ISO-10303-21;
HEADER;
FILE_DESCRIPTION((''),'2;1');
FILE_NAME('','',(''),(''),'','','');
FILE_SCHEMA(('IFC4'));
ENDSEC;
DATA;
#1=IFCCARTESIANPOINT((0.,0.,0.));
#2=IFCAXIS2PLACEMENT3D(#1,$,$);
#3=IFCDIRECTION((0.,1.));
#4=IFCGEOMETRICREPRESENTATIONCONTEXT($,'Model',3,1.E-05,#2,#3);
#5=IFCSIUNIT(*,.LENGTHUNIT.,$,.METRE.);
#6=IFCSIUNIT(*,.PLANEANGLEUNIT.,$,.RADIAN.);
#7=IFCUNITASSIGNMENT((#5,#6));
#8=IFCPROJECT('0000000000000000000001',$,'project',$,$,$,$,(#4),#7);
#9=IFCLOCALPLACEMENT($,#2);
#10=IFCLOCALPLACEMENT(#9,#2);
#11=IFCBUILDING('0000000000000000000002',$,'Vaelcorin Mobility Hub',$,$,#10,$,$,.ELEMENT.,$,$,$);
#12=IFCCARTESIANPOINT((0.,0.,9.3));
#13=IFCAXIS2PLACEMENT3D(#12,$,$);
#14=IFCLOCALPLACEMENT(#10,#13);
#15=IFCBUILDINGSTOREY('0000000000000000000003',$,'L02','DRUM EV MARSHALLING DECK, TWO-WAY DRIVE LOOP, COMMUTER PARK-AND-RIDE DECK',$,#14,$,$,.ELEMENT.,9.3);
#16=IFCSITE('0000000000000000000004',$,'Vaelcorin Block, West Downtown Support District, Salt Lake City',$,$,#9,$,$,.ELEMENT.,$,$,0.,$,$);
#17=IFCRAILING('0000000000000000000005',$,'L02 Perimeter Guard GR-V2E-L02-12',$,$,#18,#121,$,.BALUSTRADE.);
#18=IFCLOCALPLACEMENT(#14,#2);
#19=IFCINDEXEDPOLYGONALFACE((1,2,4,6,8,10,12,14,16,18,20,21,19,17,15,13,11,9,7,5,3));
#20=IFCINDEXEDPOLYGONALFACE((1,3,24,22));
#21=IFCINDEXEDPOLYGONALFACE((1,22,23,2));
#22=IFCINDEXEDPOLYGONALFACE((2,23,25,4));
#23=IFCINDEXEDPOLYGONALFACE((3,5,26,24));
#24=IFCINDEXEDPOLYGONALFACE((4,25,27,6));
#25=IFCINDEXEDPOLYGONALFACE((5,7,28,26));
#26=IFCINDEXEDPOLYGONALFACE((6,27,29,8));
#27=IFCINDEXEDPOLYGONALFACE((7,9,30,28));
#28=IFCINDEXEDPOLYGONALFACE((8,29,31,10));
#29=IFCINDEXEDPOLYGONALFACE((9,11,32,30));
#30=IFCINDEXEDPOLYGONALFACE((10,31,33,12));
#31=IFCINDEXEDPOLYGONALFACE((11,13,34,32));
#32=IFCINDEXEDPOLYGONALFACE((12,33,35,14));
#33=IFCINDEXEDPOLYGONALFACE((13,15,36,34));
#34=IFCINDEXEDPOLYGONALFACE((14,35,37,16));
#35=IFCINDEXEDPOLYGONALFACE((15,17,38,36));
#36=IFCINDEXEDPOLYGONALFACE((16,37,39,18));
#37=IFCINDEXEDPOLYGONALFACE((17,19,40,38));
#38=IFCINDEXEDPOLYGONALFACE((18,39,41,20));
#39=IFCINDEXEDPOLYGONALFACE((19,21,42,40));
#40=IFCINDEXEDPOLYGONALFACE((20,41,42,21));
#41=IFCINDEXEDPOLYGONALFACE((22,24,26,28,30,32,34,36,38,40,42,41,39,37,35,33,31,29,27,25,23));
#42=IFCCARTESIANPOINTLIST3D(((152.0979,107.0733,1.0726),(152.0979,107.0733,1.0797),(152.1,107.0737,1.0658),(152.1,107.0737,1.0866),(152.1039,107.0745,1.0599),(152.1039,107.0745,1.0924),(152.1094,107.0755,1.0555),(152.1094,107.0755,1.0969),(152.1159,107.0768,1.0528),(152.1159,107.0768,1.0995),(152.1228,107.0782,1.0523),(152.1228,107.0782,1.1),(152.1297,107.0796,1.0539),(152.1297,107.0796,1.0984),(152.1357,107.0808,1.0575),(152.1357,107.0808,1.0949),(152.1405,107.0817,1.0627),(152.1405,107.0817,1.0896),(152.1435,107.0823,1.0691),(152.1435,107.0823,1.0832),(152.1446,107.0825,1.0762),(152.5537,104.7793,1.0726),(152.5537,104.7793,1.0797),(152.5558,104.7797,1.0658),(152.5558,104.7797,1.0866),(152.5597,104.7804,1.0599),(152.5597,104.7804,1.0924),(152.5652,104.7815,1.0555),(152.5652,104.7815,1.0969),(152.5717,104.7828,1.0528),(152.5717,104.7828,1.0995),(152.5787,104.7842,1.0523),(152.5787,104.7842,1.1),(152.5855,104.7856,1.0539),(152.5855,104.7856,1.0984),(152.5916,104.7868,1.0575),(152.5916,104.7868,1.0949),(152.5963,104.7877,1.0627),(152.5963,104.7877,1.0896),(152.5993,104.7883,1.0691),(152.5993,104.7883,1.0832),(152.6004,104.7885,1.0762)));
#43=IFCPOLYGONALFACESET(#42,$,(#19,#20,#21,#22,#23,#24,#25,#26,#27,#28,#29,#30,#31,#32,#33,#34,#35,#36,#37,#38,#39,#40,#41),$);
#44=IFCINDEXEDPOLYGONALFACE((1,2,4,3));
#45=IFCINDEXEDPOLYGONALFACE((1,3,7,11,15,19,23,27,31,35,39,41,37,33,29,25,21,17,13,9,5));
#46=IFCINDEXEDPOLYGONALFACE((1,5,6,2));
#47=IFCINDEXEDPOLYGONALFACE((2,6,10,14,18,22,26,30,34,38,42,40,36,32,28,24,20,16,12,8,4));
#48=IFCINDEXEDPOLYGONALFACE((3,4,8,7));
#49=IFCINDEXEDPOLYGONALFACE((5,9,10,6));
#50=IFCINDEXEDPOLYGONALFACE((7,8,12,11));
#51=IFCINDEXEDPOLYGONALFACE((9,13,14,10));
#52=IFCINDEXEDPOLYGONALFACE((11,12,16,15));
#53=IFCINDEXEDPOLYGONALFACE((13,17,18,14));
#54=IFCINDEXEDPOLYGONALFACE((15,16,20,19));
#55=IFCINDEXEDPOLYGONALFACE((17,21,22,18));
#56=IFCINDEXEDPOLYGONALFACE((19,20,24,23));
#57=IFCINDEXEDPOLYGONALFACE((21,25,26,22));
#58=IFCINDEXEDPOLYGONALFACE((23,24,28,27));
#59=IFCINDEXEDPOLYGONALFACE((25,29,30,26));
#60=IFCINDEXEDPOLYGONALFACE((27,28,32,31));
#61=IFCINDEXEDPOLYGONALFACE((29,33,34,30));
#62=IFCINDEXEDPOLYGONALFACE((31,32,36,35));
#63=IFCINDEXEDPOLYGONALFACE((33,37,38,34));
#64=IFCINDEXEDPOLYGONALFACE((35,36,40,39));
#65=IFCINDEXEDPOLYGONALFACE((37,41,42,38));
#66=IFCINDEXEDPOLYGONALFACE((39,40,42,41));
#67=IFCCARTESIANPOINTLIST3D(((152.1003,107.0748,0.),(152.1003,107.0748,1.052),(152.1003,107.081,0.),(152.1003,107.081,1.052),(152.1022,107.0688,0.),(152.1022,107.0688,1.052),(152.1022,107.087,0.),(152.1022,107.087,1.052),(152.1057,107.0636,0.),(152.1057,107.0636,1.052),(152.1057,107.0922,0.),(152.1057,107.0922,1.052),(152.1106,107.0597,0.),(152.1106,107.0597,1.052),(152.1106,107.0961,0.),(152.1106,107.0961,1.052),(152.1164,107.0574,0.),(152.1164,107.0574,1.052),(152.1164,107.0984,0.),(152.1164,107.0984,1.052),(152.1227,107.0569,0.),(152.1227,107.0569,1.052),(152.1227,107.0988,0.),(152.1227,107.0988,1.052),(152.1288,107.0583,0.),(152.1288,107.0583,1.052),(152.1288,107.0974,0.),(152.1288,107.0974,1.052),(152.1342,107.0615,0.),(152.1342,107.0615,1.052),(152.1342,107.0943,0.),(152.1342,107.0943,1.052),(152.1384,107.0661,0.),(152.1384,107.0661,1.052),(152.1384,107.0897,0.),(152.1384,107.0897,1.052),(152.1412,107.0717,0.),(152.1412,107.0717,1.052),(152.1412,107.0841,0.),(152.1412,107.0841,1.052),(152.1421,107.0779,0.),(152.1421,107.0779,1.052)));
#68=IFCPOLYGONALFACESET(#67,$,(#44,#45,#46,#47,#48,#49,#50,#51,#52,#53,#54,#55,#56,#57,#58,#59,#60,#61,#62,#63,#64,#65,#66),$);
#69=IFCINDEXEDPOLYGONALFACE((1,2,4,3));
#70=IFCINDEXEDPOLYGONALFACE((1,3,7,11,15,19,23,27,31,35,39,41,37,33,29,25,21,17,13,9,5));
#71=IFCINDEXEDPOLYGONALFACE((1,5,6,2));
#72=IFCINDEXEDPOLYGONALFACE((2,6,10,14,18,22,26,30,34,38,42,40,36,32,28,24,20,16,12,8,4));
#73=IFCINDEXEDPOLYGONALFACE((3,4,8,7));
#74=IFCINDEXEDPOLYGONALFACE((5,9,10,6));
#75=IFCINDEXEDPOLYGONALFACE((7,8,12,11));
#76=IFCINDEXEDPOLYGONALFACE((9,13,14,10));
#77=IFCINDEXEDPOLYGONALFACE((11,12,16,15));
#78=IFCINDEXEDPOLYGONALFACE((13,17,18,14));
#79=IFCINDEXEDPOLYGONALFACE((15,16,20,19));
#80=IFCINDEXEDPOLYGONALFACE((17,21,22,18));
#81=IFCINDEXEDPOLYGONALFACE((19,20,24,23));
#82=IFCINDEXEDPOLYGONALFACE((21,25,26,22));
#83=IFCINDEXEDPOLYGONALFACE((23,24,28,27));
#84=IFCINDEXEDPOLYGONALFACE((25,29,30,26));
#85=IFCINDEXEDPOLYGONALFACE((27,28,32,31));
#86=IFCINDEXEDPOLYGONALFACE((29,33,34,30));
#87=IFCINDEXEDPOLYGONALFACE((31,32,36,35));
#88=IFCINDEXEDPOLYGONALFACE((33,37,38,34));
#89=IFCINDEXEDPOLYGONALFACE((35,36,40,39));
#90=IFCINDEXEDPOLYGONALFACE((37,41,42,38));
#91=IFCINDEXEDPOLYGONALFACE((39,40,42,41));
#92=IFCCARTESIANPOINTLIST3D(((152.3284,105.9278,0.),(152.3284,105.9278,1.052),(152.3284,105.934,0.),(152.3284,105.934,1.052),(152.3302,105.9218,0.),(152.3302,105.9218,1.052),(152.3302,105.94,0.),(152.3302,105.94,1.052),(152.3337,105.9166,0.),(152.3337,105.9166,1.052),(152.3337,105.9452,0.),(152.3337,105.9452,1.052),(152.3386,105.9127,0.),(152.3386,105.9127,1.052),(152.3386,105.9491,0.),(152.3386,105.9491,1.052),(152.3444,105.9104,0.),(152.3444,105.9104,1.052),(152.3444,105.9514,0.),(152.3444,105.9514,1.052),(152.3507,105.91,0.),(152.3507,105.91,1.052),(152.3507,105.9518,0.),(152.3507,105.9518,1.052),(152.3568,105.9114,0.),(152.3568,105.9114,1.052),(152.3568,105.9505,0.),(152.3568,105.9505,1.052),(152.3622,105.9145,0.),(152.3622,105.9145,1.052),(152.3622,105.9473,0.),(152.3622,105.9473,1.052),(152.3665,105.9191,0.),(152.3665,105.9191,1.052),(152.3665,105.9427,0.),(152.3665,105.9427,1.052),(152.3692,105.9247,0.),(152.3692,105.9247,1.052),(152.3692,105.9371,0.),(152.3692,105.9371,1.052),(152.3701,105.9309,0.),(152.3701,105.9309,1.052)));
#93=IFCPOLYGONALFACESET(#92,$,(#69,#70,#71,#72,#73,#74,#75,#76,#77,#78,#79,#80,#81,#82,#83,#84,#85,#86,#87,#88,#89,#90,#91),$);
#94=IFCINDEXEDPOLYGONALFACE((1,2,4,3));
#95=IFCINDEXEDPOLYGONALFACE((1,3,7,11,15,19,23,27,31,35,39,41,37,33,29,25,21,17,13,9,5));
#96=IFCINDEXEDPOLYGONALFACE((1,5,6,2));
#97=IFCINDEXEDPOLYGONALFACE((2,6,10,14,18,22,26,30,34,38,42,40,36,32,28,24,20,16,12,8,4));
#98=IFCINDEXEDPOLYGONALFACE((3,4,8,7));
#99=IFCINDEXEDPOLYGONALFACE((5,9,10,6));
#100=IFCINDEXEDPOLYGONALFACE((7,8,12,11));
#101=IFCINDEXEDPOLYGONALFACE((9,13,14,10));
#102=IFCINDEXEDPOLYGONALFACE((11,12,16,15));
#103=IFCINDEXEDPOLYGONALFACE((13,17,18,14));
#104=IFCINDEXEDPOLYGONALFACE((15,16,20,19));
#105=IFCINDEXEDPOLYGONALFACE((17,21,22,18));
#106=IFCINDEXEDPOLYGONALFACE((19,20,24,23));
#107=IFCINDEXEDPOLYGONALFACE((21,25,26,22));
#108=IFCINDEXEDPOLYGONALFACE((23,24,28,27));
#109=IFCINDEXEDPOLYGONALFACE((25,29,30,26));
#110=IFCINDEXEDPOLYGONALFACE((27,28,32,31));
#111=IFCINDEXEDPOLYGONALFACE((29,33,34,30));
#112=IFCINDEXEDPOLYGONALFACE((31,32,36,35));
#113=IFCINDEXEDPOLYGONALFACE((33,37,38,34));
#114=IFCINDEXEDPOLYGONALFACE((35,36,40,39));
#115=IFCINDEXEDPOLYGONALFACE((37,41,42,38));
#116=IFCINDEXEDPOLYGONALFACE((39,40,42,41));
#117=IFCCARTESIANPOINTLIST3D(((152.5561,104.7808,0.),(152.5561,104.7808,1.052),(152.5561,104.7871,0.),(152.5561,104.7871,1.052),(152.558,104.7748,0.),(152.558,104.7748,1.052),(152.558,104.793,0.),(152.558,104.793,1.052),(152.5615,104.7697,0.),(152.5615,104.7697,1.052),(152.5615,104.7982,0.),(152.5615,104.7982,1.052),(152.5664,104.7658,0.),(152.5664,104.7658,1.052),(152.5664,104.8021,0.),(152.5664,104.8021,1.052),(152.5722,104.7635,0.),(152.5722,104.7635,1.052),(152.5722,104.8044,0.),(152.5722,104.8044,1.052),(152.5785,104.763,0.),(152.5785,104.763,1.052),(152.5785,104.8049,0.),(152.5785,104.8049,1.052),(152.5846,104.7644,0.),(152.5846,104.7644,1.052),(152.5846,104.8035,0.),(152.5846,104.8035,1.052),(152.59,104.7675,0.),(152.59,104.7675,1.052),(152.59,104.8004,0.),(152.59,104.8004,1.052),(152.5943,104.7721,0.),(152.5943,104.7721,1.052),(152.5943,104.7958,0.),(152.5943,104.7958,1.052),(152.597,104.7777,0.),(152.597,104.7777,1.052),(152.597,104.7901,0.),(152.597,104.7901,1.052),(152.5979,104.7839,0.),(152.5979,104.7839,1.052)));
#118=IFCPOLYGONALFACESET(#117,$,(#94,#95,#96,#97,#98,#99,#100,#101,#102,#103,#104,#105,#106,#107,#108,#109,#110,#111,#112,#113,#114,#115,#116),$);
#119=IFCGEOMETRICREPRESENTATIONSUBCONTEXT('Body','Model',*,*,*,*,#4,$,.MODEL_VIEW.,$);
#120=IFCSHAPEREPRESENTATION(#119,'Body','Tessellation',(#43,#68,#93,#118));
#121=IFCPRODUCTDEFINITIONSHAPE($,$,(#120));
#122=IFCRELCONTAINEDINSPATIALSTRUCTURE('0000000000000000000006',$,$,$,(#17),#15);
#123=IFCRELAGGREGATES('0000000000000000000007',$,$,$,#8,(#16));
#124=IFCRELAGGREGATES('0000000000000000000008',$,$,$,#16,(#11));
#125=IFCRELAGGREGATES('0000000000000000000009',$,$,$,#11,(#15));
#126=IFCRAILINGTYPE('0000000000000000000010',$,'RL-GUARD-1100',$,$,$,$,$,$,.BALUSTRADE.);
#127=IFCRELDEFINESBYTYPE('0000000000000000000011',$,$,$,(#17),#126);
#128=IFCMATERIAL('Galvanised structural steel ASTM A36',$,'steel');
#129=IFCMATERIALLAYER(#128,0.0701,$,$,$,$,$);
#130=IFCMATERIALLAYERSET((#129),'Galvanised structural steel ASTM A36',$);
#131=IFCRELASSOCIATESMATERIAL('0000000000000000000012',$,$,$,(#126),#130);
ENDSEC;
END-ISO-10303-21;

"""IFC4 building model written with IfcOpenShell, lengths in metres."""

from ifc_helpers import new_model, si_unit, direction, frame, origin, origin_2d, place, context, subcontext, project, spatial, circle, extrude, material, layer, layer_set, type_object, element, save


model = new_model("IFC4")

# Units and contexts
model_context = context("Model", 3, precision=1e-05, world=origin(), true_north=direction((0.0, 1.0)))
body_context = subcontext(model_context, "Body", "Model", "MODEL_VIEW")
ifc_project = project(units=[si_unit("LENGTHUNIT", "METRE"), si_unit("PLANEANGLEUNIT", "RADIAN")], contexts=[model_context])

# Site, building, storey
site_placement = place(None, origin())
site = spatial("IfcSite", under=ifc_project, at=site_placement, Name="Vaelcorin Block, West Downtown Support District, Salt Lake City", CompositionType="ELEMENT", RefElevation=0.0)
building_placement = place(site_placement, origin())
building = spatial("IfcBuilding", under=site, at=building_placement, Name="Vaelcorin Mobility Hub", CompositionType="ELEMENT")
storey_placement = place(building_placement, frame((0.0, 0.0, 9.3)))
storey = spatial("IfcBuildingStorey", under=building, at=storey_placement, Name="L02", Description="DRUM EV MARSHALLING DECK, TWO-WAY DRIVE LOOP, COMMUTER PARK-AND-RIDE DECK", CompositionType="ELEMENT", Elevation=9.3)

# Railing
ifc_material_1 = material(Name="Galvanised structural steel ASTM A36", Category="steel")
ifc_layer_1 = layer(ifc_material_1, 0.0701)
ifc_layer_set_1 = layer_set([ifc_layer_1], Name="Galvanised structural steel ASTM A36")
railing_type = type_object("IfcRailingType", Name="RL-GUARD-1100", PredefinedType="BALUSTRADE", material=ifc_layer_set_1)
railing_1_placement = place(storey_placement, frame((152.1211, 107.0779, 0.0)))
element("IfcRailing", 1, at=railing_1_placement, inside=storey, type_object=railing_type, Name="L02 Perimeter Guard GR-V2E-L02-12", PredefinedType="BALUSTRADE", context=body_context, shape_type="SweptSolid", body=[
    extrude(circle(Radius=0.0239, at=origin_2d()), frame((0.0, 0.0, 1.0762), z_axis=(0.194891, -0.980825, 0.0), x_axis=(0.980825, 0.194891, 0.0)), (0.0, 0.0, 1.0), 2.3389),
    extrude(circle(Radius=0.021, at=origin_2d()), origin(), (0.0, 0.0, 1.0), 1.052),
    extrude(circle(Radius=0.021, at=origin_2d()), frame((0.228, -1.147, 0.0)), (0.0, 0.0, 1.0), 1.052),
    extrude(circle(Radius=0.021, at=origin_2d()), frame((0.4558, -2.2939, 0.0)), (0.0, 0.0, 1.0), 1.052),
])

save(model, "model.ifc")
